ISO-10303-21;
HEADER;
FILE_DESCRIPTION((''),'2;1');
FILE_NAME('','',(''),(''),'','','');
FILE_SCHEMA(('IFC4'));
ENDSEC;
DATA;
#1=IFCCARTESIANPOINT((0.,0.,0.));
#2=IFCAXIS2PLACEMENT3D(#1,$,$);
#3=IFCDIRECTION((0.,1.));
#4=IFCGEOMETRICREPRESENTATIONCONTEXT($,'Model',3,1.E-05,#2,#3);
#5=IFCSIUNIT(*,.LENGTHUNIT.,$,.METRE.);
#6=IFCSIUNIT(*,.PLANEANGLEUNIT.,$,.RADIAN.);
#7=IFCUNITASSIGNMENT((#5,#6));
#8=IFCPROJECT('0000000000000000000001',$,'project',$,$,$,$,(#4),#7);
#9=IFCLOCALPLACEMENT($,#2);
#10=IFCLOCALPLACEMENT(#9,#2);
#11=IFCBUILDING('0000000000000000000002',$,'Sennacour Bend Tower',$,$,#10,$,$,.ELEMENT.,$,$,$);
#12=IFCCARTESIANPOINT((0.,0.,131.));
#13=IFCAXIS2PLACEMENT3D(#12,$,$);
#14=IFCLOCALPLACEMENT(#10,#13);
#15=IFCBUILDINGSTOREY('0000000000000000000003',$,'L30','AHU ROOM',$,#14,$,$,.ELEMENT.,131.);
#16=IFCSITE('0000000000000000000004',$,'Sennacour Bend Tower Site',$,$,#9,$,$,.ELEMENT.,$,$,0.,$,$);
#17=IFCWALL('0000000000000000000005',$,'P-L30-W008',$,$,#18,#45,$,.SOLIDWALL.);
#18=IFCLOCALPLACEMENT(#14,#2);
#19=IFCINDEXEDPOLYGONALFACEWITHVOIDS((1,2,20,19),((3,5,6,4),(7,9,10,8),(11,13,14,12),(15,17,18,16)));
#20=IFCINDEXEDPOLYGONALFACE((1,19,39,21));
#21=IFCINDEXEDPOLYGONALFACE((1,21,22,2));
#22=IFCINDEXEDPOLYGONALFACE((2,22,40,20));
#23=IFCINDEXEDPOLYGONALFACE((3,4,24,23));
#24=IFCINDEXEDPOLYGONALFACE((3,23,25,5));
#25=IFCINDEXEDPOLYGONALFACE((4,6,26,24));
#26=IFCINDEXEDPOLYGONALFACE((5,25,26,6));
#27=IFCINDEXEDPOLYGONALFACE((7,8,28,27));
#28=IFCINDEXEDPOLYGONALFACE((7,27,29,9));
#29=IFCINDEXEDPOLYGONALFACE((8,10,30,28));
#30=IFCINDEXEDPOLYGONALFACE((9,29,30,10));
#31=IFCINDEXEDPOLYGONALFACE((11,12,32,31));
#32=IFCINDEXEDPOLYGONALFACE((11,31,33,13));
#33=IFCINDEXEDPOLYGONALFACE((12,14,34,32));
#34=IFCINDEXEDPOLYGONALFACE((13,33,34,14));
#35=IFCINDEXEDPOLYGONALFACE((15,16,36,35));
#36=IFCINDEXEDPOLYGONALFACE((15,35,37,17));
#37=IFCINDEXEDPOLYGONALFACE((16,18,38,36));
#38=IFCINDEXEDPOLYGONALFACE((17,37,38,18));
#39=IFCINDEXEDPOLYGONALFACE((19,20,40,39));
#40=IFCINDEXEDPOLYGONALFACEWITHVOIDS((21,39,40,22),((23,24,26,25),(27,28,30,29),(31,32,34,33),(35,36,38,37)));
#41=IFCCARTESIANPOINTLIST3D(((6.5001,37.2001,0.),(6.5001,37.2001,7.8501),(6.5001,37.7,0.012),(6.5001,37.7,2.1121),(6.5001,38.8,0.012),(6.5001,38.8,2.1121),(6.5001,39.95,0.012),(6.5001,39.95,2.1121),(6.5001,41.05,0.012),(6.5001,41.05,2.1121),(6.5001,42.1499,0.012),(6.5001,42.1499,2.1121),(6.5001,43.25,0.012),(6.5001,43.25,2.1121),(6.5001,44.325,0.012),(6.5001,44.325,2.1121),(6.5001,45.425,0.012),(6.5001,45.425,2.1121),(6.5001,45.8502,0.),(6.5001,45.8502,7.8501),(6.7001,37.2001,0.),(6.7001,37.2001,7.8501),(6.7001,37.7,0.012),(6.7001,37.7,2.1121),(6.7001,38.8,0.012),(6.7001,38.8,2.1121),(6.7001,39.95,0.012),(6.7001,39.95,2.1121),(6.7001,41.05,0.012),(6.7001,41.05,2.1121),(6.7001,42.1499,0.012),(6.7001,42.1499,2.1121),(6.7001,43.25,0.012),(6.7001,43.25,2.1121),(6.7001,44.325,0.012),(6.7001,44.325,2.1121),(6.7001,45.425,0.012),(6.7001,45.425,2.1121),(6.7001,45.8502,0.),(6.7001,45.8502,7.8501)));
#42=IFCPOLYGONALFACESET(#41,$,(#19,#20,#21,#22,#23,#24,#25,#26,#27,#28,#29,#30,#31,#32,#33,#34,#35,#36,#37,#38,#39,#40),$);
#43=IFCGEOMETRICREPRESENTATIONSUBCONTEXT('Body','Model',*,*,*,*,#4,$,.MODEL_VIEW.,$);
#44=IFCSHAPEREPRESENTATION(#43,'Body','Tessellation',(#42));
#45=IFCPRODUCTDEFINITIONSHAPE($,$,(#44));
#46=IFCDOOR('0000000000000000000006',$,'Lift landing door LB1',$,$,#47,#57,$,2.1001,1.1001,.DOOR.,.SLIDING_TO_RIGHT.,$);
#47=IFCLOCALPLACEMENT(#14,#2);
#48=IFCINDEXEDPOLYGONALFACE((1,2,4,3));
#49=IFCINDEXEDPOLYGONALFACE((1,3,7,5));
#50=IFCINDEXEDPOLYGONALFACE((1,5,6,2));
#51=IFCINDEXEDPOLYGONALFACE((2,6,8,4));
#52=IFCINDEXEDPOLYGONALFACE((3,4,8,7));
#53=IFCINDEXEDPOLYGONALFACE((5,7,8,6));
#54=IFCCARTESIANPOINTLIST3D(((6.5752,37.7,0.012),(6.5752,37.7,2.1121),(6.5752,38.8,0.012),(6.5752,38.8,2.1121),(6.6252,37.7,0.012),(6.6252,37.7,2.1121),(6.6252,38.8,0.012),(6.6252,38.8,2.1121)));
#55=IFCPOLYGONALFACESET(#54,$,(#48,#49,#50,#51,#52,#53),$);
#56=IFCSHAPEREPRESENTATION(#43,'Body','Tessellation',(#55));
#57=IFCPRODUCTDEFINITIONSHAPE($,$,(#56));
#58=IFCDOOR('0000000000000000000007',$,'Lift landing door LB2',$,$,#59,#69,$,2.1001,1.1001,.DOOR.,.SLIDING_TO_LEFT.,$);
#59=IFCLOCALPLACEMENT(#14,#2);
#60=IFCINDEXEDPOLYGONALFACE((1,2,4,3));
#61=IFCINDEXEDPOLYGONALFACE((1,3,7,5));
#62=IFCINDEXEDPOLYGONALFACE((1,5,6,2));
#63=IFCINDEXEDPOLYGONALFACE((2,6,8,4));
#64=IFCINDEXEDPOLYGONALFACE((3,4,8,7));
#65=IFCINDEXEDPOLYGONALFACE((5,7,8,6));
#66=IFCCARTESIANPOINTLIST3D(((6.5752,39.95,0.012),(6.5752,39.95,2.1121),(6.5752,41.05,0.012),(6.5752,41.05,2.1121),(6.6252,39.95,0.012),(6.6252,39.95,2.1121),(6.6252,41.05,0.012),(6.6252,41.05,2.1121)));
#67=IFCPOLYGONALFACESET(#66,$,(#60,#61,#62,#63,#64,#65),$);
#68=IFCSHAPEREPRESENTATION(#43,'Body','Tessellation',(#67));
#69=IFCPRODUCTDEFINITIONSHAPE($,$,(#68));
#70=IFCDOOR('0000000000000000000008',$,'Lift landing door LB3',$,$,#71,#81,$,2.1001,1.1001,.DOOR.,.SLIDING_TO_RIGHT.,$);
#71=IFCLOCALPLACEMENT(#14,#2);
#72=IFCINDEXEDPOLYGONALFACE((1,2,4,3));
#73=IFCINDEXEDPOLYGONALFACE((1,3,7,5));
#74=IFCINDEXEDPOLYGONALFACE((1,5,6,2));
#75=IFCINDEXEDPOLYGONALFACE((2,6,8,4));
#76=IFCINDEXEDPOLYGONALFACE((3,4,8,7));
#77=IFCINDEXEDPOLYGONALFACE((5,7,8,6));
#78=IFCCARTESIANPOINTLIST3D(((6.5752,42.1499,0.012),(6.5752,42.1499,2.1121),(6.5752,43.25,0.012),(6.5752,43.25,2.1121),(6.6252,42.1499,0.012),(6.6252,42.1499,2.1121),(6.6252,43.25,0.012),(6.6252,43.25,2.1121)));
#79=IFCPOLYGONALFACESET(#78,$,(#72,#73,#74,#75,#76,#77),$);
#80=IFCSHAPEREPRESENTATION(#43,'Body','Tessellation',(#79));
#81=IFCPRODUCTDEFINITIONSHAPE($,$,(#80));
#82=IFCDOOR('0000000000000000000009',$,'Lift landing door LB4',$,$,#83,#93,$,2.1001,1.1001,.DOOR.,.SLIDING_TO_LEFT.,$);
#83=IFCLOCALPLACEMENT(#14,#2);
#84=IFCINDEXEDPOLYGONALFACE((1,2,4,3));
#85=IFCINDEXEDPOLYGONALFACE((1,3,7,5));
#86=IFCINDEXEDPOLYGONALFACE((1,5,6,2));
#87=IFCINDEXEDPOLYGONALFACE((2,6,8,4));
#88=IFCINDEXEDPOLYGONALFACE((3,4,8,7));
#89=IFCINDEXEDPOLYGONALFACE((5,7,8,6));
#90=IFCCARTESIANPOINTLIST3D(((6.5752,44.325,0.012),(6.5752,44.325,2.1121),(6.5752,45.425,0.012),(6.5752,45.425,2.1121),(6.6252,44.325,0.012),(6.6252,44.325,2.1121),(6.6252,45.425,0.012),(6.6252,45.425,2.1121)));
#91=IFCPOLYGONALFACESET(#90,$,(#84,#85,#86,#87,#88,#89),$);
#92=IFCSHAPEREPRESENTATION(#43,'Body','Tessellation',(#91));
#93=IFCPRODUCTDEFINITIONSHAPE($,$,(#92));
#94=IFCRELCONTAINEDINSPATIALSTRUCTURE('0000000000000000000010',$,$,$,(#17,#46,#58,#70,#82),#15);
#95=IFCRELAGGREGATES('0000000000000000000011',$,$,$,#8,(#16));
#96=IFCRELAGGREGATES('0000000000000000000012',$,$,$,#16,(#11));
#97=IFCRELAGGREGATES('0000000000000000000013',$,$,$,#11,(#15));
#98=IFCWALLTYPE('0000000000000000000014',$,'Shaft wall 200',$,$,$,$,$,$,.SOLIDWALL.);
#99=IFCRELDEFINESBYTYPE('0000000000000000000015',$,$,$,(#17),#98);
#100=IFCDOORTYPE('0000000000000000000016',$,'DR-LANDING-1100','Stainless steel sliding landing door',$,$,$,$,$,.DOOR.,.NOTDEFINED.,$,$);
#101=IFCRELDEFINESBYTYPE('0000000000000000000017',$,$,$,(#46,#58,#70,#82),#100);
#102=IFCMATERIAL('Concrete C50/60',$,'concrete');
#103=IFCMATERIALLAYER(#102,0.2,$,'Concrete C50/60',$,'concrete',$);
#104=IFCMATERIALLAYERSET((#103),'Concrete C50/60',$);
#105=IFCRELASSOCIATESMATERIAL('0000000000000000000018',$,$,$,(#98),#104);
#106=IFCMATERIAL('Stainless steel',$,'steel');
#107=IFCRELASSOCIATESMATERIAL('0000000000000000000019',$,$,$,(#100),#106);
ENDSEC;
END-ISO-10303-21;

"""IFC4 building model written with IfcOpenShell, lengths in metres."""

from ifc_helpers import new_model, si_unit, direction, frame, frame_2d, origin, place, context, subcontext, project, spatial, rectangle, extrude, material, layer, layer_set, type_object, element, fill, save


model = new_model("IFC4")

# Units and contexts
model_context = context("Model", 3, precision=1e-05, world=origin(), true_north=direction((0.0, 1.0)))
body_context = subcontext(model_context, "Body", "Model", "MODEL_VIEW")
ifc_project = project(units=[si_unit("LENGTHUNIT", "METRE"), si_unit("PLANEANGLEUNIT", "RADIAN")], contexts=[model_context])

# Site, building, storey
site_placement = place(None, origin())
site = spatial("IfcSite", under=ifc_project, at=site_placement, Name="Sennacour Bend Tower Site", CompositionType="ELEMENT", RefElevation=0.0)
building_placement = place(site_placement, origin())
building = spatial("IfcBuilding", under=site, at=building_placement, Name="Sennacour Bend Tower", CompositionType="ELEMENT")
storey_placement = place(building_placement, frame((0.0, 0.0, 131.0)))
storey = spatial("IfcBuildingStorey", under=building, at=storey_placement, Name="L30", Description="AHU ROOM", CompositionType="ELEMENT", Elevation=131.0)

# Wall, openings, doors
ifc_material_1 = material(Name="Concrete C50/60", Category="concrete")
ifc_layer_1 = layer(ifc_material_1, 0.2, Name="Concrete C50/60", Category="concrete")
ifc_layer_set_1 = layer_set([ifc_layer_1], Name="Concrete C50/60")
wall_type_1 = type_object("IfcWallType", Name="Shaft wall 200", PredefinedType="SOLIDWALL", material=ifc_layer_set_1)
wall_1_placement = place(storey_placement, frame((6.6001, 37.2, 0.0), z_axis=(0.0, 0.0, 1.0), x_axis=(0.0, 1.0, 0.0)))
wall_1 = element("IfcWall", 1, at=wall_1_placement, inside=storey, type_object=wall_type_1, Name="P-L30-W008", PredefinedType="SOLIDWALL", context=body_context, shape_type="SweptSolid", body=[
    extrude(rectangle(XDim=8.6501, YDim=0.2, at=frame_2d((4.3252, 0.0))), origin(), (0.0, 0.0, 1.0), 7.8501),
])
opening_1_placement = place(wall_1_placement, frame((0.5, 0.0, 0.012)))
opening_1 = element("IfcOpeningElement", 2, at=opening_1_placement, cuts=wall_1, PredefinedType="OPENING", context=body_context, shape_type="SweptSolid", body=[
    extrude(rectangle(XDim=1.1001, YDim=2.1001, at=frame_2d((0.55, 1.05))), frame((0.0, 0.1099, 0.0), z_axis=(0.0, -1.0, 0.0), x_axis=(1.0, 0.0, 0.0)), (0.0, 0.0, 1.0), 0.22),
])
opening_2_placement = place(wall_1_placement, frame((2.75, 0.0, 0.012)))
opening_2 = element("IfcOpeningElement", 3, at=opening_2_placement, cuts=wall_1, PredefinedType="OPENING", context=body_context, shape_type="SweptSolid", body=[
    extrude(rectangle(XDim=1.1001, YDim=2.1001, at=frame_2d((0.55, 1.05))), frame((0.0, 0.1099, 0.0), z_axis=(0.0, -1.0, 0.0), x_axis=(1.0, 0.0, 0.0)), (0.0, 0.0, 1.0), 0.22),
])
opening_3_placement = place(wall_1_placement, frame((4.95, 0.0, 0.012)))
opening_3 = element("IfcOpeningElement", 4, at=opening_3_placement, cuts=wall_1, PredefinedType="OPENING", context=body_context, shape_type="SweptSolid", body=[
    extrude(rectangle(XDim=1.1001, YDim=2.1001, at=frame_2d((0.55, 1.05))), frame((0.0, 0.1099, 0.0), z_axis=(0.0, -1.0, 0.0), x_axis=(1.0, 0.0, 0.0)), (0.0, 0.0, 1.0), 0.22),
])
opening_4_placement = place(wall_1_placement, frame((7.125, 0.0, 0.012)))
opening_4 = element("IfcOpeningElement", 5, at=opening_4_placement, cuts=wall_1, PredefinedType="OPENING", context=body_context, shape_type="SweptSolid", body=[
    extrude(rectangle(XDim=1.1001, YDim=2.1001, at=frame_2d((0.55, 1.05))), frame((0.0, 0.1099, 0.0), z_axis=(0.0, -1.0, 0.0), x_axis=(1.0, 0.0, 0.0)), (0.0, 0.0, 1.0), 0.22),
])
ifc_material_2 = material(Name="Stainless steel", Category="steel")
door_type = type_object("IfcDoorType", Name="DR-LANDING-1100", Description="Stainless steel sliding landing door", OperationType="NOTDEFINED", PredefinedType="DOOR", material=ifc_material_2)
door_1_placement = place(opening_1_placement, origin())
door_1 = element("IfcDoor", 6, at=door_1_placement, inside=storey, type_object=door_type, Name="Lift landing door LB1", OperationType="SLIDING_TO_RIGHT", OverallHeight=2.1001, OverallWidth=1.1001, PredefinedType="DOOR", context=body_context, shape_type="SweptSolid", body=[
    extrude(rectangle(XDim=1.1001, YDim=2.1001, at=frame_2d((0.55, 1.05))), frame((0.0, 0.0249, 0.0), z_axis=(0.0, -1.0, 0.0), x_axis=(1.0, 0.0, 0.0)), (0.0, 0.0, 1.0), 0.05),
])
fill(opening_1, door_1)
door_2_placement = place(opening_2_placement, origin())
door_2 = element("IfcDoor", 7, at=door_2_placement, inside=storey, type_object=door_type, Name="Lift landing door LB2", OperationType="SLIDING_TO_LEFT", OverallHeight=2.1001, OverallWidth=1.1001, PredefinedType="DOOR", context=body_context, shape_type="SweptSolid", body=[
    extrude(rectangle(XDim=1.1001, YDim=2.1001, at=frame_2d((0.55, 1.05))), frame((0.0, 0.0249, 0.0), z_axis=(0.0, -1.0, 0.0), x_axis=(1.0, 0.0, 0.0)), (0.0, 0.0, 1.0), 0.05),
])
fill(opening_2, door_2)
door_3_placement = place(opening_3_placement, origin())
door_3 = element("IfcDoor", 8, at=door_3_placement, inside=storey, type_object=door_type, Name="Lift landing door LB3", OperationType="SLIDING_TO_RIGHT", OverallHeight=2.1001, OverallWidth=1.1001, PredefinedType="DOOR", context=body_context, shape_type="SweptSolid", body=[
    extrude(rectangle(XDim=1.1001, YDim=2.1001, at=frame_2d((0.55, 1.05))), frame((0.0, 0.0249, 0.0), z_axis=(0.0, -1.0, 0.0), x_axis=(1.0, 0.0, 0.0)), (0.0, 0.0, 1.0), 0.05),
])
fill(opening_3, door_3)
door_4_placement = place(opening_4_placement, origin())
door_4 = element("IfcDoor", 9, at=door_4_placement, inside=storey, type_object=door_type, Name="Lift landing door LB4", OperationType="SLIDING_TO_LEFT", OverallHeight=2.1001, OverallWidth=1.1001, PredefinedType="DOOR", context=body_context, shape_type="SweptSolid", body=[
    extrude(rectangle(XDim=1.1001, YDim=2.1001, at=frame_2d((0.55, 1.05))), frame((0.0, 0.0249, 0.0), z_axis=(0.0, -1.0, 0.0), x_axis=(1.0, 0.0, 0.0)), (0.0, 0.0, 1.0), 0.05),
])
fill(opening_4, door_4)

save(model, "model.ifc")
